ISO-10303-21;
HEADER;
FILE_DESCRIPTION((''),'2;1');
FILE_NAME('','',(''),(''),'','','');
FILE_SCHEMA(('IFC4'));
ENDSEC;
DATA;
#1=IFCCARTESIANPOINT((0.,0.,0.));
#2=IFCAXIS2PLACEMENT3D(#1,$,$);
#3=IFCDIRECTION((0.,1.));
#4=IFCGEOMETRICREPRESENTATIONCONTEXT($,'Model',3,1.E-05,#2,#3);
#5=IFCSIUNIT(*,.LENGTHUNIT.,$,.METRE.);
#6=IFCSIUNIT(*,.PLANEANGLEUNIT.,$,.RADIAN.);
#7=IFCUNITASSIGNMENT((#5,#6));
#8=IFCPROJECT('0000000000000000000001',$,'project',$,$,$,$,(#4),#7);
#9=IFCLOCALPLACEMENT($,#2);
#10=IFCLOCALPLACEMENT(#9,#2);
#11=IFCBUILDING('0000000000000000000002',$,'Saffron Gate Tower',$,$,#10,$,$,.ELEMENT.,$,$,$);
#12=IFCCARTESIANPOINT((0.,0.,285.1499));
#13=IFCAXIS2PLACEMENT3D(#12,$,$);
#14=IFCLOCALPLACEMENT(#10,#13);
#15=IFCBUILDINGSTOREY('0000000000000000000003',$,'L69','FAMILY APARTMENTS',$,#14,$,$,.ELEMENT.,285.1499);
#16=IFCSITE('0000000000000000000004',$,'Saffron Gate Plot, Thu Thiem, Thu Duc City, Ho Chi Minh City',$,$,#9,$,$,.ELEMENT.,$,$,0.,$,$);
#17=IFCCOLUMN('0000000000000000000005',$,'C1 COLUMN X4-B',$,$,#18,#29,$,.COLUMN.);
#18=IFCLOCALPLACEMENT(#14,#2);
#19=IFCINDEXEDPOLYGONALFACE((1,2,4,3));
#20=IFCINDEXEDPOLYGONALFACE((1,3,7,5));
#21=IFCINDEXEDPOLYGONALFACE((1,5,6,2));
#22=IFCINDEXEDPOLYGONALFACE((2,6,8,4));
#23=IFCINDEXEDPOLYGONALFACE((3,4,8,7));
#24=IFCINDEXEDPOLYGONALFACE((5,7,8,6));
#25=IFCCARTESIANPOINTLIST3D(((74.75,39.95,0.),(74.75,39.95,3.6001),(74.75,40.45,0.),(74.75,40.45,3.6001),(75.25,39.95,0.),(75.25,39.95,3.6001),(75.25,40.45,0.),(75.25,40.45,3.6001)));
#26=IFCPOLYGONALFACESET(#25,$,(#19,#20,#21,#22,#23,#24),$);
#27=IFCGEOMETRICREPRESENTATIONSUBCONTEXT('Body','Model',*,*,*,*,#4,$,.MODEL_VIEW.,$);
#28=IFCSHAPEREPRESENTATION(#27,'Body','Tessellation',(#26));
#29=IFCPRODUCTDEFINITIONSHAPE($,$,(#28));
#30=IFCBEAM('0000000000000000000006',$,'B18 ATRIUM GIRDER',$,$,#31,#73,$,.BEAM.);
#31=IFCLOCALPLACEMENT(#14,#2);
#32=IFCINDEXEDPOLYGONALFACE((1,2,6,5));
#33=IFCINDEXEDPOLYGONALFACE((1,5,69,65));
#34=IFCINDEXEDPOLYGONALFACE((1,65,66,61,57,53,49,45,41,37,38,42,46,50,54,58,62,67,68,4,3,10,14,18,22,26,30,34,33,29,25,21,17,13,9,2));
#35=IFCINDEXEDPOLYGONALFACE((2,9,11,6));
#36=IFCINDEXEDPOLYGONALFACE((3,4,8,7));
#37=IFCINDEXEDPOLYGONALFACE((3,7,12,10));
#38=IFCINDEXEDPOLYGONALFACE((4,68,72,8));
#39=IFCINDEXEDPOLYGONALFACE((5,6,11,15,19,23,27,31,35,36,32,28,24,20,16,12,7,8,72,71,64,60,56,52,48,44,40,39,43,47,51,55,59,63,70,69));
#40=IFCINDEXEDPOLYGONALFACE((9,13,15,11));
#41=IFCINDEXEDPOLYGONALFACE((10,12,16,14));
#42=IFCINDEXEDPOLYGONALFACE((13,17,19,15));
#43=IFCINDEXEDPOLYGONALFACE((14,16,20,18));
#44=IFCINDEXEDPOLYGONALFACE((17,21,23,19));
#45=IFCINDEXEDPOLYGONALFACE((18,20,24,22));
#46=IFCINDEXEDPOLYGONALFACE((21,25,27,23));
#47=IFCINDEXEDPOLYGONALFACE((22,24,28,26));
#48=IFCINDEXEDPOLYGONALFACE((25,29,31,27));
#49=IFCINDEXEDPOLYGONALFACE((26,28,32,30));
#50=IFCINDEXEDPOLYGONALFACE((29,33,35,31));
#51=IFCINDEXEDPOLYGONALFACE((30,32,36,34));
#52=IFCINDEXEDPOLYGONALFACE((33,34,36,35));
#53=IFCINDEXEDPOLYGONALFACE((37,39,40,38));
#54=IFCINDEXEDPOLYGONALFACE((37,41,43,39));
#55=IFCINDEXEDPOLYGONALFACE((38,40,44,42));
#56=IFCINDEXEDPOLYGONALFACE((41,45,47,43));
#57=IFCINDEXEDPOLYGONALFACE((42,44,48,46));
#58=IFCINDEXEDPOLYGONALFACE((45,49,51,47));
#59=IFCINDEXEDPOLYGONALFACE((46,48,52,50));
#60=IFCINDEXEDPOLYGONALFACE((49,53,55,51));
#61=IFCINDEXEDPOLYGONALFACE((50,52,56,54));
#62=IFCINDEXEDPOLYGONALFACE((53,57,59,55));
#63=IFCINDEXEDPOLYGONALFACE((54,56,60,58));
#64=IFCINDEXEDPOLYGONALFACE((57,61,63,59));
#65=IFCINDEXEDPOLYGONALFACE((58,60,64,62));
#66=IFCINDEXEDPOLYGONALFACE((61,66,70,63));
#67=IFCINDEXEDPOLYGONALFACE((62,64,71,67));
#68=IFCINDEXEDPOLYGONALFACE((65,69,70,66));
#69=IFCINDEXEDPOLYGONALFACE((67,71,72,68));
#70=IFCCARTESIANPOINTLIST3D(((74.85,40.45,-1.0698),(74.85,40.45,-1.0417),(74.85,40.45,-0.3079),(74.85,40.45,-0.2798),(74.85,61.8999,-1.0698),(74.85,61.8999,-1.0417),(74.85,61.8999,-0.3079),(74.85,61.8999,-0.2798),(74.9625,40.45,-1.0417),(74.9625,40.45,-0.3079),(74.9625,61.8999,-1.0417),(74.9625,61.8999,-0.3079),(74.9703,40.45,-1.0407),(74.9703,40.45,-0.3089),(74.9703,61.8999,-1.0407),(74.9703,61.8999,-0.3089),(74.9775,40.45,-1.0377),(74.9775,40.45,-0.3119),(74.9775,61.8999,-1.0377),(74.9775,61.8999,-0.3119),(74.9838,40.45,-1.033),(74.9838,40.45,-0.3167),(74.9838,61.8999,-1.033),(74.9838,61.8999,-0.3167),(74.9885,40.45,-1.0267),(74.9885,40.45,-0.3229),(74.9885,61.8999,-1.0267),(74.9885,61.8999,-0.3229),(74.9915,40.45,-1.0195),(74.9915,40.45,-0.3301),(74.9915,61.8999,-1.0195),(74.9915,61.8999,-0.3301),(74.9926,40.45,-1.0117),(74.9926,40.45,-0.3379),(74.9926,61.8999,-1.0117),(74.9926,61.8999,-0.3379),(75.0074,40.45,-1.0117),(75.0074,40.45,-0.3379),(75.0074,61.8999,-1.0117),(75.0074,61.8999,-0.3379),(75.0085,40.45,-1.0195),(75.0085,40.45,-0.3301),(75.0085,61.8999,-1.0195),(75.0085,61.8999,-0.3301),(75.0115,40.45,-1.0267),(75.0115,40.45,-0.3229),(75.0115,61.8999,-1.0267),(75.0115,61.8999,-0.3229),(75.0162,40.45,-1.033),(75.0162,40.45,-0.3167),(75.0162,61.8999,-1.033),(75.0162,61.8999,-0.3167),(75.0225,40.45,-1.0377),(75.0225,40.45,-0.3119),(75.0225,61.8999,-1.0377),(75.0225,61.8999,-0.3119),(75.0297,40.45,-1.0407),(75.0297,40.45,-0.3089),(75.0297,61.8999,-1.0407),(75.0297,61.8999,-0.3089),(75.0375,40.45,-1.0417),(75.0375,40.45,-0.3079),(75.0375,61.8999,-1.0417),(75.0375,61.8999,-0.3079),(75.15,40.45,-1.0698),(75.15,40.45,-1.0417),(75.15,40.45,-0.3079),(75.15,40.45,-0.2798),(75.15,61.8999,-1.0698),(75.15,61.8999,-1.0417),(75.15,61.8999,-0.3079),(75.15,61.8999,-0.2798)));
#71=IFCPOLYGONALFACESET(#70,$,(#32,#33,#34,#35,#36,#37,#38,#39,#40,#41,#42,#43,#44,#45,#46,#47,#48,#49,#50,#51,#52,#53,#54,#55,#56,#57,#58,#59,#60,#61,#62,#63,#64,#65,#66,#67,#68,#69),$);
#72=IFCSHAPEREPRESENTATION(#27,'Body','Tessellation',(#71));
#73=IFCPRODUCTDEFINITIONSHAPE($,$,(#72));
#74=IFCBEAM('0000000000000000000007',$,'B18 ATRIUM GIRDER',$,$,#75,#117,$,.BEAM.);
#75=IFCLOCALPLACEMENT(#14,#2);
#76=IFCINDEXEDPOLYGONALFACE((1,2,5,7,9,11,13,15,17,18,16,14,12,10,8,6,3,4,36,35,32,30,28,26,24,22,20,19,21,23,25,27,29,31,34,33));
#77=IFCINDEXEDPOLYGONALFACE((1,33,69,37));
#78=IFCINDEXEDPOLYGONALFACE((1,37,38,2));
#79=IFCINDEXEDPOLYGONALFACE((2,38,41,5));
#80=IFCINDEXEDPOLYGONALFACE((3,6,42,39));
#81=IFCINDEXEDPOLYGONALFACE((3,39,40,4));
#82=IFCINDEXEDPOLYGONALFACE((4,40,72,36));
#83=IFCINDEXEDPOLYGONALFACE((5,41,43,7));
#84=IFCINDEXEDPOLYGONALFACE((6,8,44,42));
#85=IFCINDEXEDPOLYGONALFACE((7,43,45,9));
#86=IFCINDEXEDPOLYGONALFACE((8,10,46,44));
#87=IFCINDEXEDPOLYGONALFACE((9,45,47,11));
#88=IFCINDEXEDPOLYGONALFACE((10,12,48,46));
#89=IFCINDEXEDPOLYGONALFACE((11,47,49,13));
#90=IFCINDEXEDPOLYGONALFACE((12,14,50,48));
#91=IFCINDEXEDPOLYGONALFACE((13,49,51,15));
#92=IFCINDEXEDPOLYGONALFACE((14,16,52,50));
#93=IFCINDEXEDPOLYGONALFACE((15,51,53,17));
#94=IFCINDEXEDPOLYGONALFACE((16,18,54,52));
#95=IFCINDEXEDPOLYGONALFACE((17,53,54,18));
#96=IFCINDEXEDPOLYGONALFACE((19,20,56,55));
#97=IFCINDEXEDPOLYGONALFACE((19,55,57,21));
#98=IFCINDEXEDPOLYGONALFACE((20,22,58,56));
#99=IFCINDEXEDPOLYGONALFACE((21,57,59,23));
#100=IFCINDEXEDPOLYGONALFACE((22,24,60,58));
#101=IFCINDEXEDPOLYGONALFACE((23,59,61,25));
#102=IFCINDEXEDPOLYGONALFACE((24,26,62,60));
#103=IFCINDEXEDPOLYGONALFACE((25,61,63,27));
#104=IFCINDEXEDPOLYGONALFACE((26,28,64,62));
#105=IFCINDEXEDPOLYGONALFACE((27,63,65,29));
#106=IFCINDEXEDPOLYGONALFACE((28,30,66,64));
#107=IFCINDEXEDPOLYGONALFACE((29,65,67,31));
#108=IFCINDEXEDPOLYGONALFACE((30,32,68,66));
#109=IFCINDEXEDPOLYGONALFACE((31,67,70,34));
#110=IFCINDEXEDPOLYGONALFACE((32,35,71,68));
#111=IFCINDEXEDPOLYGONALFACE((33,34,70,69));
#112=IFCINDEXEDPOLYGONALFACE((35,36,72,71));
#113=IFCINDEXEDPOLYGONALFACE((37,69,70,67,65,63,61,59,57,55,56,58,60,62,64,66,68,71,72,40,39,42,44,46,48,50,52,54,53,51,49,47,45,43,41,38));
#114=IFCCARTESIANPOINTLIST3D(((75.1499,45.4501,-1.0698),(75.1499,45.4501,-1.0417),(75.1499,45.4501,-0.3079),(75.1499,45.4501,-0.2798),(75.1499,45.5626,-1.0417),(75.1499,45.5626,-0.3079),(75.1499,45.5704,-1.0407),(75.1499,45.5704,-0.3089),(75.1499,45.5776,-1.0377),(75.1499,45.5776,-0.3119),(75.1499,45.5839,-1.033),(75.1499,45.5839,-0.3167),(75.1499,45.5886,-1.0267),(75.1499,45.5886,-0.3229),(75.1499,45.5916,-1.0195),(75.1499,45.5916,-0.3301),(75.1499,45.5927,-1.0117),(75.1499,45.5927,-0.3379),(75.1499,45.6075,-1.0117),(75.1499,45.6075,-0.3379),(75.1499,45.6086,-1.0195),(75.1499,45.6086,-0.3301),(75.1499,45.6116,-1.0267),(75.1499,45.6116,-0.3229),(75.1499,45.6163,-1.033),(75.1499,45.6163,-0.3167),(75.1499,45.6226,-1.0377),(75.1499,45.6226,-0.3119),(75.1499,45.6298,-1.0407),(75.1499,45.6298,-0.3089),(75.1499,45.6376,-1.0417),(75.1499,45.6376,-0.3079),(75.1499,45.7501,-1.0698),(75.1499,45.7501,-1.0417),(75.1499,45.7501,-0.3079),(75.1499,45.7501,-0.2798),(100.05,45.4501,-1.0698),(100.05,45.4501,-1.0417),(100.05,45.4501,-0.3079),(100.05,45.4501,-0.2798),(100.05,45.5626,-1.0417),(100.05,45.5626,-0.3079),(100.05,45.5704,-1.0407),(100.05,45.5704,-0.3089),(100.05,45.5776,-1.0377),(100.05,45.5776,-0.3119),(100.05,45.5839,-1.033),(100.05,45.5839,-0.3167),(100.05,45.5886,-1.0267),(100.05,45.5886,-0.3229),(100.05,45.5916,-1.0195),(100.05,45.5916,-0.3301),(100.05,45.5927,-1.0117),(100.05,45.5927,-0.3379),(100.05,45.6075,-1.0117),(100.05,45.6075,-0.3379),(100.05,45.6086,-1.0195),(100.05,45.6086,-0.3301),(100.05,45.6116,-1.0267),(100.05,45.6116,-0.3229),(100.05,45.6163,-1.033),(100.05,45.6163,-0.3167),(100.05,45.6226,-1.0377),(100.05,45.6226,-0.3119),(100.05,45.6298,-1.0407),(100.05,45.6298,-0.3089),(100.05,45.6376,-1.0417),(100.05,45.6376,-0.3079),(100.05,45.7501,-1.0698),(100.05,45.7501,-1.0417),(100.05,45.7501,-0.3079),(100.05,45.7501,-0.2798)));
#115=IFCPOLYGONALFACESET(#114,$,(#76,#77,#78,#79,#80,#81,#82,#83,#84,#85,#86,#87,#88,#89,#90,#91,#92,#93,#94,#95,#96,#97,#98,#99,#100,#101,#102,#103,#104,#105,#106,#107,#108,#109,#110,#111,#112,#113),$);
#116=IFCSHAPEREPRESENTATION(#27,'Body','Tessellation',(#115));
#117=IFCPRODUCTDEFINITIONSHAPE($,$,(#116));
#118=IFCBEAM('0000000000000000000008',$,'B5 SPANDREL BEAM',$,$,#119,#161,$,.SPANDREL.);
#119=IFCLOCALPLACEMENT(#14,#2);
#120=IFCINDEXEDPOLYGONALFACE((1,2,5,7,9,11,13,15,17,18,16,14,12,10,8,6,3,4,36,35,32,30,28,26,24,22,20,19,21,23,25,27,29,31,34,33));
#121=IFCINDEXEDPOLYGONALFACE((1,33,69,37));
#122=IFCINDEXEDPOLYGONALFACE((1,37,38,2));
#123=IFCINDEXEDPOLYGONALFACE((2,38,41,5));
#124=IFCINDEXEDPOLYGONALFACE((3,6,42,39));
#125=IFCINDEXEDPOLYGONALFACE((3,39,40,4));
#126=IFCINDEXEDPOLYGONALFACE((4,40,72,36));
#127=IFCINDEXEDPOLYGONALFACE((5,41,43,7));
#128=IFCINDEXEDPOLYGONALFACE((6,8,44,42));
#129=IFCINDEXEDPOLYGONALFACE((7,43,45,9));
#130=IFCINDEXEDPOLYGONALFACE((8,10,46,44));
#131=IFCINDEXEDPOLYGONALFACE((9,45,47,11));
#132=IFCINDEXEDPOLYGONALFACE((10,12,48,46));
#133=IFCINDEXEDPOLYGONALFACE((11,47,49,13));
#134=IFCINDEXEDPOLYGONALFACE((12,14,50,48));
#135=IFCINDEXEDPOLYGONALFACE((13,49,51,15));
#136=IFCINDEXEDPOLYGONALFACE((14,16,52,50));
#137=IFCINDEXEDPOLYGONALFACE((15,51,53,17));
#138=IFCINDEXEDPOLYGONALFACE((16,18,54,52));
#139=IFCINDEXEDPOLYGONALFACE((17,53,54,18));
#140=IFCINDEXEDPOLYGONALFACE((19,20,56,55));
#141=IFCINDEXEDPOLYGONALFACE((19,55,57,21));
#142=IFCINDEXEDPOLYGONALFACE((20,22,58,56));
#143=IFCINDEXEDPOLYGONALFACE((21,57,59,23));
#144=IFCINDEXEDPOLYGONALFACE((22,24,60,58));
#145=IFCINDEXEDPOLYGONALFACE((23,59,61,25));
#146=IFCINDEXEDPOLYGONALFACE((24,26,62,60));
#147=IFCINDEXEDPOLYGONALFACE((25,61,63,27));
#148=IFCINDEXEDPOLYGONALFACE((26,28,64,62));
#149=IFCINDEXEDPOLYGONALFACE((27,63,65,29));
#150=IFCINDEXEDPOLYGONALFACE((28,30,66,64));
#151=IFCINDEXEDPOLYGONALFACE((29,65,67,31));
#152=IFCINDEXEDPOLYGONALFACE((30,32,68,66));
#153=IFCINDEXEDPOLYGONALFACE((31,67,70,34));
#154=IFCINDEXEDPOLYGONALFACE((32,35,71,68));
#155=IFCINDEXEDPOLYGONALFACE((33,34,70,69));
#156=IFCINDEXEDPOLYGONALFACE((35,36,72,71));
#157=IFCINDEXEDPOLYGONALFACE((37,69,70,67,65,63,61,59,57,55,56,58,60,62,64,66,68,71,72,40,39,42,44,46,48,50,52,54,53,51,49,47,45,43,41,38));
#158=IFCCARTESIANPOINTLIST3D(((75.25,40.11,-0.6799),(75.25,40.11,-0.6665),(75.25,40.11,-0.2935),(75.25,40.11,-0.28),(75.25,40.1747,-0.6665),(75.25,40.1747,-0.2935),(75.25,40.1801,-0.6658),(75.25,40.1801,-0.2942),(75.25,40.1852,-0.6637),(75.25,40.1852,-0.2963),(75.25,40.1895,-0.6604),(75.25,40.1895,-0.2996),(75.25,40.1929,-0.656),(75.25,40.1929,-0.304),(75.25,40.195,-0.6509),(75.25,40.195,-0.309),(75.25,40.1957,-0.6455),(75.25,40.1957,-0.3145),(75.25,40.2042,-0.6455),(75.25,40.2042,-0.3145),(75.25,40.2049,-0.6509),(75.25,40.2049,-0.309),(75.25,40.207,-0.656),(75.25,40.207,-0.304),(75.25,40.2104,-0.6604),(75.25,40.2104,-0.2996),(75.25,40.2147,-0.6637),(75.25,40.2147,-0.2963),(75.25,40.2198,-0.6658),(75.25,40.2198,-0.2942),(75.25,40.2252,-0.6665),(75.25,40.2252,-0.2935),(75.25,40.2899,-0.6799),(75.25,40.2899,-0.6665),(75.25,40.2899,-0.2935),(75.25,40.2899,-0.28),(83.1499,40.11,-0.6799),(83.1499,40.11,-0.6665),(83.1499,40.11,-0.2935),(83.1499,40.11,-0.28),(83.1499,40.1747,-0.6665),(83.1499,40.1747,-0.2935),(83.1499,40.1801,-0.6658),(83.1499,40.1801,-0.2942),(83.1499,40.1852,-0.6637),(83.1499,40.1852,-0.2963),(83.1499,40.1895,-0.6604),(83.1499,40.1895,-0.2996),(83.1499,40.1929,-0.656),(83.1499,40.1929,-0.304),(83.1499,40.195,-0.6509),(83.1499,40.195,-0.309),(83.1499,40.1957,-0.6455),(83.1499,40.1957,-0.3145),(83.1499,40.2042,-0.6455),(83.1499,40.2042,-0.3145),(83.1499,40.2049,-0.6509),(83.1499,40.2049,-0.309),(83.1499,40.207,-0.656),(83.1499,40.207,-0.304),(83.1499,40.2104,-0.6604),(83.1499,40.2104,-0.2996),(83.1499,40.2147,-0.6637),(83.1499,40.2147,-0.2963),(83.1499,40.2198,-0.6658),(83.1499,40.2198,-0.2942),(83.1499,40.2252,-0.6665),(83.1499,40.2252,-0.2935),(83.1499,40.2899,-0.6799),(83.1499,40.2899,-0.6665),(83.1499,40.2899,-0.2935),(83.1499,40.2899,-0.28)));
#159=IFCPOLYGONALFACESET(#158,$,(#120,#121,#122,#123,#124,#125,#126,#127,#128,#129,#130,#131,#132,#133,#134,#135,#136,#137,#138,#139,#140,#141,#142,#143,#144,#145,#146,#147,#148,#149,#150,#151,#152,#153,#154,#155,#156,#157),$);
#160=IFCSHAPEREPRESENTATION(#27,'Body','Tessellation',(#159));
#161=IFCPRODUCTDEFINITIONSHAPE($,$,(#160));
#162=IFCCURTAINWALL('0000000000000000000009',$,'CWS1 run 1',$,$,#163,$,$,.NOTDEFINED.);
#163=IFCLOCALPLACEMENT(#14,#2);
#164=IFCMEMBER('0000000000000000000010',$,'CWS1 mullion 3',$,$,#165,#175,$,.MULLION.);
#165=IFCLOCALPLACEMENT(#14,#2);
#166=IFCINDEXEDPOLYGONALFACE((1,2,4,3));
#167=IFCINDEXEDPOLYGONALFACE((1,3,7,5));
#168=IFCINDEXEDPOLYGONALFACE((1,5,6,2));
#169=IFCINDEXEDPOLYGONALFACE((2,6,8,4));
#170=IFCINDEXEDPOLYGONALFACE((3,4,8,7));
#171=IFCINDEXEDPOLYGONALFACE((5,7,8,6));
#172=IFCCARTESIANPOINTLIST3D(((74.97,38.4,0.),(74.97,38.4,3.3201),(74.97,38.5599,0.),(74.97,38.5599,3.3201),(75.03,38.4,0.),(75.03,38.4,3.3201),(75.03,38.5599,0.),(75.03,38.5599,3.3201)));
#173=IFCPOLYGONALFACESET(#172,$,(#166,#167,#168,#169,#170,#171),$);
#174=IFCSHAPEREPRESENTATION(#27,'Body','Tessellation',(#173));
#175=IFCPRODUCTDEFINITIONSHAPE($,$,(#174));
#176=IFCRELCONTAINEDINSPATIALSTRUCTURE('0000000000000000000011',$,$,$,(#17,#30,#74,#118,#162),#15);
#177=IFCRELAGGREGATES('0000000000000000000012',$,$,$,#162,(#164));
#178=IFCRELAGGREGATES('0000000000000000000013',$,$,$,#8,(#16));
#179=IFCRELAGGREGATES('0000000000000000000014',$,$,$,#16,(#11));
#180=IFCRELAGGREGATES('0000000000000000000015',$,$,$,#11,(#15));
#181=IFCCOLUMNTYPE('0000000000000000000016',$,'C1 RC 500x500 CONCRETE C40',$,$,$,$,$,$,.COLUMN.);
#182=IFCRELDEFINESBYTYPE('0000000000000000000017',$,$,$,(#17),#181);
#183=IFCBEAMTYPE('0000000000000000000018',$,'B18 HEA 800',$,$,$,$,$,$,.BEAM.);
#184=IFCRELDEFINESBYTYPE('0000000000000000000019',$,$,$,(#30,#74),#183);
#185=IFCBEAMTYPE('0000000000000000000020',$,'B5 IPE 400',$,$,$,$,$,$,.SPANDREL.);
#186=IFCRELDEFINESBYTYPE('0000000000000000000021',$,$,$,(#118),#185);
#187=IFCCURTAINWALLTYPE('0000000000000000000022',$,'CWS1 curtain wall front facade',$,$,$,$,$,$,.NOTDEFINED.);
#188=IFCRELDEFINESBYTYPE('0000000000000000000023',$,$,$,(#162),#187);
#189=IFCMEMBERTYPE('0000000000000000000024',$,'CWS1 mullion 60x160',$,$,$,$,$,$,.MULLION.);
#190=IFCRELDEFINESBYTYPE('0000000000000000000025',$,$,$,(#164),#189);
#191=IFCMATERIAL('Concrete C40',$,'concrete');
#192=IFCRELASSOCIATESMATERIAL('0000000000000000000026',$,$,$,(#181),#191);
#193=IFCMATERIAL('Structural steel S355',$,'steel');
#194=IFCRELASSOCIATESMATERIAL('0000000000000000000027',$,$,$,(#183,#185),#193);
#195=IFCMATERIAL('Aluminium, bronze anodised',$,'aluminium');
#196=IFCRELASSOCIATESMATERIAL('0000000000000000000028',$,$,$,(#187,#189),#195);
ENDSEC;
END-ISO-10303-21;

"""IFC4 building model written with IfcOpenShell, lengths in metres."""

from ifc_helpers import new_model, si_unit, direction, frame, origin, origin_2d, place, context, subcontext, project, spatial, rectangle, i_section, extrude, material, material_profile, profile_set, type_object, element, aggregate, save


model = new_model("IFC4")

# Units and contexts
model_context = context("Model", 3, precision=1e-05, world=origin(), true_north=direction((0.0, 1.0)))
body_context = subcontext(model_context, "Body", "Model", "MODEL_VIEW")
ifc_project = project(units=[si_unit("LENGTHUNIT", "METRE"), si_unit("PLANEANGLEUNIT", "RADIAN")], contexts=[model_context])

# Site, building, storey
site_placement = place(None, origin())
site = spatial("IfcSite", under=ifc_project, at=site_placement, Name="Saffron Gate Plot, Thu Thiem, Thu Duc City, Ho Chi Minh City", CompositionType="ELEMENT", RefElevation=0.0)
building_placement = place(site_placement, origin())
building = spatial("IfcBuilding", under=site, at=building_placement, Name="Saffron Gate Tower", CompositionType="ELEMENT")
storey_placement = place(building_placement, frame((0.0, 0.0, 285.1499)))
storey = spatial("IfcBuildingStorey", under=building, at=storey_placement, Name="L69", Description="FAMILY APARTMENTS", CompositionType="ELEMENT", Elevation=285.1499)

# Column
ifc_material_1 = material(Name="Concrete C40", Category="concrete")
ifc_material_profile_1 = material_profile(ifc_material_1, rectangle(XDim=0.5, YDim=0.5, at=origin_2d()))
ifc_profile_set_1 = profile_set([ifc_material_profile_1], Name="Concrete C40")
column_type = type_object("IfcColumnType", Name="C1 RC 500x500 CONCRETE C40", PredefinedType="COLUMN", material=ifc_profile_set_1)
column_placement = place(storey_placement, frame((75.0, 40.2, 0.0), z_axis=(0.0, 0.0, 1.0), x_axis=(1.0, 0.0, 0.0)))
element("IfcColumn", 1, at=column_placement, inside=storey, type_object=column_type, Name="C1 COLUMN X4-B", PredefinedType="COLUMN", context=body_context, shape_type="SweptSolid", body=[
    extrude(rectangle(XDim=0.5, YDim=0.5, at=origin_2d()), origin(), (0.0, 0.0, 1.0), 3.6001),
])

# Beams
ifc_material_2 = material(Name="Structural steel S355", Category="steel")
ifc_material_profile_2 = material_profile(ifc_material_2, i_section(OverallWidth=0.3, OverallDepth=0.79, WebThickness=0.0149, FlangeThickness=0.0281, FilletRadius=0.03, at=origin_2d()))
ifc_profile_set_2 = profile_set([ifc_material_profile_2], Name="Structural steel S355")
beam_type_1 = type_object("IfcBeamType", Name="B18 HEA 800", PredefinedType="BEAM", material=ifc_profile_set_2)
beam_1_placement = place(storey_placement, frame((75.0, 40.45, -0.6748), z_axis=(0.0, 1.0, 0.0), x_axis=(-1.0, 0.0, 0.0)))
element("IfcBeam", 2, at=beam_1_placement, inside=storey, type_object=beam_type_1, Name="B18 ATRIUM GIRDER", PredefinedType="BEAM", context=body_context, shape_type="SweptSolid", body=[
    extrude(i_section(OverallWidth=0.3, OverallDepth=0.79, WebThickness=0.0149, FlangeThickness=0.0281, FilletRadius=0.03, at=origin_2d()), origin(), (0.0, 0.0, 1.0), 21.45),
])
beam_2_placement = place(storey_placement, frame((75.1499, 45.6001, -0.6748), z_axis=(1.0, 0.0, 0.0), x_axis=(0.0, 1.0, 0.0)))
element("IfcBeam", 3, at=beam_2_placement, inside=storey, type_object=beam_type_1, Name="B18 ATRIUM GIRDER", PredefinedType="BEAM", context=body_context, shape_type="SweptSolid", body=[
    extrude(i_section(OverallWidth=0.3, OverallDepth=0.79, WebThickness=0.0149, FlangeThickness=0.0281, FilletRadius=0.03, at=origin_2d()), origin(), (0.0, 0.0, 1.0), 24.9001),
])
ifc_material_profile_3 = material_profile(ifc_material_2, i_section(OverallWidth=0.1799, OverallDepth=0.3999, WebThickness=0.0085, FlangeThickness=0.0134, FilletRadius=0.021, at=origin_2d()))
ifc_profile_set_3 = profile_set([ifc_material_profile_3], Name="Structural steel S355")
beam_type_2 = type_object("IfcBeamType", Name="B5 IPE 400", PredefinedType="SPANDREL", material=ifc_profile_set_3)
beam_3_placement = place(storey_placement, frame((75.25, 40.2, -0.48), z_axis=(1.0, 0.0, 0.0), x_axis=(0.0, 1.0, 0.0)))
element("IfcBeam", 4, at=beam_3_placement, inside=storey, type_object=beam_type_2, Name="B5 SPANDREL BEAM", PredefinedType="SPANDREL", context=body_context, shape_type="SweptSolid", body=[
    extrude(i_section(OverallWidth=0.1799, OverallDepth=0.3999, WebThickness=0.0085, FlangeThickness=0.0134, FilletRadius=0.021, at=origin_2d()), origin(), (0.0, 0.0, 1.0), 7.8999),
])

# Curtain wall, member
ifc_material_3 = material(Name="Aluminium, bronze anodised", Category="aluminium")
curtain_wall_type = type_object("IfcCurtainWallType", Name="CWS1 curtain wall front facade", PredefinedType="NOTDEFINED", material=ifc_material_3)
curtain_wall_placement = place(storey_placement, origin())
curtain_wall = element("IfcCurtainWall", 5, at=curtain_wall_placement, inside=storey, type_object=curtain_wall_type, Name="CWS1 run 1", PredefinedType="NOTDEFINED")
ifc_material_profile_4 = material_profile(ifc_material_3, rectangle(XDim=0.1599, YDim=0.0601, at=origin_2d()))
ifc_profile_set_4 = profile_set([ifc_material_profile_4], Name="Aluminium, bronze anodised")
member_type = type_object("IfcMemberType", Name="CWS1 mullion 60x160", PredefinedType="MULLION", material=ifc_profile_set_4)
member_placement = place(storey_placement, frame((75.0, 38.48, 0.0), z_axis=(0.0, 0.0, 1.0), x_axis=(0.0, 1.0, 0.0)))
member = element("IfcMember", 6, at=member_placement, type_object=member_type, Name="CWS1 mullion 3", PredefinedType="MULLION", context=body_context, shape_type="SweptSolid", body=[
    extrude(rectangle(XDim=0.1599, YDim=0.0601, at=origin_2d()), origin(), (0.0, 0.0, 1.0), 3.3201),
])
aggregate(curtain_wall, [member])

save(model, "model.ifc")
